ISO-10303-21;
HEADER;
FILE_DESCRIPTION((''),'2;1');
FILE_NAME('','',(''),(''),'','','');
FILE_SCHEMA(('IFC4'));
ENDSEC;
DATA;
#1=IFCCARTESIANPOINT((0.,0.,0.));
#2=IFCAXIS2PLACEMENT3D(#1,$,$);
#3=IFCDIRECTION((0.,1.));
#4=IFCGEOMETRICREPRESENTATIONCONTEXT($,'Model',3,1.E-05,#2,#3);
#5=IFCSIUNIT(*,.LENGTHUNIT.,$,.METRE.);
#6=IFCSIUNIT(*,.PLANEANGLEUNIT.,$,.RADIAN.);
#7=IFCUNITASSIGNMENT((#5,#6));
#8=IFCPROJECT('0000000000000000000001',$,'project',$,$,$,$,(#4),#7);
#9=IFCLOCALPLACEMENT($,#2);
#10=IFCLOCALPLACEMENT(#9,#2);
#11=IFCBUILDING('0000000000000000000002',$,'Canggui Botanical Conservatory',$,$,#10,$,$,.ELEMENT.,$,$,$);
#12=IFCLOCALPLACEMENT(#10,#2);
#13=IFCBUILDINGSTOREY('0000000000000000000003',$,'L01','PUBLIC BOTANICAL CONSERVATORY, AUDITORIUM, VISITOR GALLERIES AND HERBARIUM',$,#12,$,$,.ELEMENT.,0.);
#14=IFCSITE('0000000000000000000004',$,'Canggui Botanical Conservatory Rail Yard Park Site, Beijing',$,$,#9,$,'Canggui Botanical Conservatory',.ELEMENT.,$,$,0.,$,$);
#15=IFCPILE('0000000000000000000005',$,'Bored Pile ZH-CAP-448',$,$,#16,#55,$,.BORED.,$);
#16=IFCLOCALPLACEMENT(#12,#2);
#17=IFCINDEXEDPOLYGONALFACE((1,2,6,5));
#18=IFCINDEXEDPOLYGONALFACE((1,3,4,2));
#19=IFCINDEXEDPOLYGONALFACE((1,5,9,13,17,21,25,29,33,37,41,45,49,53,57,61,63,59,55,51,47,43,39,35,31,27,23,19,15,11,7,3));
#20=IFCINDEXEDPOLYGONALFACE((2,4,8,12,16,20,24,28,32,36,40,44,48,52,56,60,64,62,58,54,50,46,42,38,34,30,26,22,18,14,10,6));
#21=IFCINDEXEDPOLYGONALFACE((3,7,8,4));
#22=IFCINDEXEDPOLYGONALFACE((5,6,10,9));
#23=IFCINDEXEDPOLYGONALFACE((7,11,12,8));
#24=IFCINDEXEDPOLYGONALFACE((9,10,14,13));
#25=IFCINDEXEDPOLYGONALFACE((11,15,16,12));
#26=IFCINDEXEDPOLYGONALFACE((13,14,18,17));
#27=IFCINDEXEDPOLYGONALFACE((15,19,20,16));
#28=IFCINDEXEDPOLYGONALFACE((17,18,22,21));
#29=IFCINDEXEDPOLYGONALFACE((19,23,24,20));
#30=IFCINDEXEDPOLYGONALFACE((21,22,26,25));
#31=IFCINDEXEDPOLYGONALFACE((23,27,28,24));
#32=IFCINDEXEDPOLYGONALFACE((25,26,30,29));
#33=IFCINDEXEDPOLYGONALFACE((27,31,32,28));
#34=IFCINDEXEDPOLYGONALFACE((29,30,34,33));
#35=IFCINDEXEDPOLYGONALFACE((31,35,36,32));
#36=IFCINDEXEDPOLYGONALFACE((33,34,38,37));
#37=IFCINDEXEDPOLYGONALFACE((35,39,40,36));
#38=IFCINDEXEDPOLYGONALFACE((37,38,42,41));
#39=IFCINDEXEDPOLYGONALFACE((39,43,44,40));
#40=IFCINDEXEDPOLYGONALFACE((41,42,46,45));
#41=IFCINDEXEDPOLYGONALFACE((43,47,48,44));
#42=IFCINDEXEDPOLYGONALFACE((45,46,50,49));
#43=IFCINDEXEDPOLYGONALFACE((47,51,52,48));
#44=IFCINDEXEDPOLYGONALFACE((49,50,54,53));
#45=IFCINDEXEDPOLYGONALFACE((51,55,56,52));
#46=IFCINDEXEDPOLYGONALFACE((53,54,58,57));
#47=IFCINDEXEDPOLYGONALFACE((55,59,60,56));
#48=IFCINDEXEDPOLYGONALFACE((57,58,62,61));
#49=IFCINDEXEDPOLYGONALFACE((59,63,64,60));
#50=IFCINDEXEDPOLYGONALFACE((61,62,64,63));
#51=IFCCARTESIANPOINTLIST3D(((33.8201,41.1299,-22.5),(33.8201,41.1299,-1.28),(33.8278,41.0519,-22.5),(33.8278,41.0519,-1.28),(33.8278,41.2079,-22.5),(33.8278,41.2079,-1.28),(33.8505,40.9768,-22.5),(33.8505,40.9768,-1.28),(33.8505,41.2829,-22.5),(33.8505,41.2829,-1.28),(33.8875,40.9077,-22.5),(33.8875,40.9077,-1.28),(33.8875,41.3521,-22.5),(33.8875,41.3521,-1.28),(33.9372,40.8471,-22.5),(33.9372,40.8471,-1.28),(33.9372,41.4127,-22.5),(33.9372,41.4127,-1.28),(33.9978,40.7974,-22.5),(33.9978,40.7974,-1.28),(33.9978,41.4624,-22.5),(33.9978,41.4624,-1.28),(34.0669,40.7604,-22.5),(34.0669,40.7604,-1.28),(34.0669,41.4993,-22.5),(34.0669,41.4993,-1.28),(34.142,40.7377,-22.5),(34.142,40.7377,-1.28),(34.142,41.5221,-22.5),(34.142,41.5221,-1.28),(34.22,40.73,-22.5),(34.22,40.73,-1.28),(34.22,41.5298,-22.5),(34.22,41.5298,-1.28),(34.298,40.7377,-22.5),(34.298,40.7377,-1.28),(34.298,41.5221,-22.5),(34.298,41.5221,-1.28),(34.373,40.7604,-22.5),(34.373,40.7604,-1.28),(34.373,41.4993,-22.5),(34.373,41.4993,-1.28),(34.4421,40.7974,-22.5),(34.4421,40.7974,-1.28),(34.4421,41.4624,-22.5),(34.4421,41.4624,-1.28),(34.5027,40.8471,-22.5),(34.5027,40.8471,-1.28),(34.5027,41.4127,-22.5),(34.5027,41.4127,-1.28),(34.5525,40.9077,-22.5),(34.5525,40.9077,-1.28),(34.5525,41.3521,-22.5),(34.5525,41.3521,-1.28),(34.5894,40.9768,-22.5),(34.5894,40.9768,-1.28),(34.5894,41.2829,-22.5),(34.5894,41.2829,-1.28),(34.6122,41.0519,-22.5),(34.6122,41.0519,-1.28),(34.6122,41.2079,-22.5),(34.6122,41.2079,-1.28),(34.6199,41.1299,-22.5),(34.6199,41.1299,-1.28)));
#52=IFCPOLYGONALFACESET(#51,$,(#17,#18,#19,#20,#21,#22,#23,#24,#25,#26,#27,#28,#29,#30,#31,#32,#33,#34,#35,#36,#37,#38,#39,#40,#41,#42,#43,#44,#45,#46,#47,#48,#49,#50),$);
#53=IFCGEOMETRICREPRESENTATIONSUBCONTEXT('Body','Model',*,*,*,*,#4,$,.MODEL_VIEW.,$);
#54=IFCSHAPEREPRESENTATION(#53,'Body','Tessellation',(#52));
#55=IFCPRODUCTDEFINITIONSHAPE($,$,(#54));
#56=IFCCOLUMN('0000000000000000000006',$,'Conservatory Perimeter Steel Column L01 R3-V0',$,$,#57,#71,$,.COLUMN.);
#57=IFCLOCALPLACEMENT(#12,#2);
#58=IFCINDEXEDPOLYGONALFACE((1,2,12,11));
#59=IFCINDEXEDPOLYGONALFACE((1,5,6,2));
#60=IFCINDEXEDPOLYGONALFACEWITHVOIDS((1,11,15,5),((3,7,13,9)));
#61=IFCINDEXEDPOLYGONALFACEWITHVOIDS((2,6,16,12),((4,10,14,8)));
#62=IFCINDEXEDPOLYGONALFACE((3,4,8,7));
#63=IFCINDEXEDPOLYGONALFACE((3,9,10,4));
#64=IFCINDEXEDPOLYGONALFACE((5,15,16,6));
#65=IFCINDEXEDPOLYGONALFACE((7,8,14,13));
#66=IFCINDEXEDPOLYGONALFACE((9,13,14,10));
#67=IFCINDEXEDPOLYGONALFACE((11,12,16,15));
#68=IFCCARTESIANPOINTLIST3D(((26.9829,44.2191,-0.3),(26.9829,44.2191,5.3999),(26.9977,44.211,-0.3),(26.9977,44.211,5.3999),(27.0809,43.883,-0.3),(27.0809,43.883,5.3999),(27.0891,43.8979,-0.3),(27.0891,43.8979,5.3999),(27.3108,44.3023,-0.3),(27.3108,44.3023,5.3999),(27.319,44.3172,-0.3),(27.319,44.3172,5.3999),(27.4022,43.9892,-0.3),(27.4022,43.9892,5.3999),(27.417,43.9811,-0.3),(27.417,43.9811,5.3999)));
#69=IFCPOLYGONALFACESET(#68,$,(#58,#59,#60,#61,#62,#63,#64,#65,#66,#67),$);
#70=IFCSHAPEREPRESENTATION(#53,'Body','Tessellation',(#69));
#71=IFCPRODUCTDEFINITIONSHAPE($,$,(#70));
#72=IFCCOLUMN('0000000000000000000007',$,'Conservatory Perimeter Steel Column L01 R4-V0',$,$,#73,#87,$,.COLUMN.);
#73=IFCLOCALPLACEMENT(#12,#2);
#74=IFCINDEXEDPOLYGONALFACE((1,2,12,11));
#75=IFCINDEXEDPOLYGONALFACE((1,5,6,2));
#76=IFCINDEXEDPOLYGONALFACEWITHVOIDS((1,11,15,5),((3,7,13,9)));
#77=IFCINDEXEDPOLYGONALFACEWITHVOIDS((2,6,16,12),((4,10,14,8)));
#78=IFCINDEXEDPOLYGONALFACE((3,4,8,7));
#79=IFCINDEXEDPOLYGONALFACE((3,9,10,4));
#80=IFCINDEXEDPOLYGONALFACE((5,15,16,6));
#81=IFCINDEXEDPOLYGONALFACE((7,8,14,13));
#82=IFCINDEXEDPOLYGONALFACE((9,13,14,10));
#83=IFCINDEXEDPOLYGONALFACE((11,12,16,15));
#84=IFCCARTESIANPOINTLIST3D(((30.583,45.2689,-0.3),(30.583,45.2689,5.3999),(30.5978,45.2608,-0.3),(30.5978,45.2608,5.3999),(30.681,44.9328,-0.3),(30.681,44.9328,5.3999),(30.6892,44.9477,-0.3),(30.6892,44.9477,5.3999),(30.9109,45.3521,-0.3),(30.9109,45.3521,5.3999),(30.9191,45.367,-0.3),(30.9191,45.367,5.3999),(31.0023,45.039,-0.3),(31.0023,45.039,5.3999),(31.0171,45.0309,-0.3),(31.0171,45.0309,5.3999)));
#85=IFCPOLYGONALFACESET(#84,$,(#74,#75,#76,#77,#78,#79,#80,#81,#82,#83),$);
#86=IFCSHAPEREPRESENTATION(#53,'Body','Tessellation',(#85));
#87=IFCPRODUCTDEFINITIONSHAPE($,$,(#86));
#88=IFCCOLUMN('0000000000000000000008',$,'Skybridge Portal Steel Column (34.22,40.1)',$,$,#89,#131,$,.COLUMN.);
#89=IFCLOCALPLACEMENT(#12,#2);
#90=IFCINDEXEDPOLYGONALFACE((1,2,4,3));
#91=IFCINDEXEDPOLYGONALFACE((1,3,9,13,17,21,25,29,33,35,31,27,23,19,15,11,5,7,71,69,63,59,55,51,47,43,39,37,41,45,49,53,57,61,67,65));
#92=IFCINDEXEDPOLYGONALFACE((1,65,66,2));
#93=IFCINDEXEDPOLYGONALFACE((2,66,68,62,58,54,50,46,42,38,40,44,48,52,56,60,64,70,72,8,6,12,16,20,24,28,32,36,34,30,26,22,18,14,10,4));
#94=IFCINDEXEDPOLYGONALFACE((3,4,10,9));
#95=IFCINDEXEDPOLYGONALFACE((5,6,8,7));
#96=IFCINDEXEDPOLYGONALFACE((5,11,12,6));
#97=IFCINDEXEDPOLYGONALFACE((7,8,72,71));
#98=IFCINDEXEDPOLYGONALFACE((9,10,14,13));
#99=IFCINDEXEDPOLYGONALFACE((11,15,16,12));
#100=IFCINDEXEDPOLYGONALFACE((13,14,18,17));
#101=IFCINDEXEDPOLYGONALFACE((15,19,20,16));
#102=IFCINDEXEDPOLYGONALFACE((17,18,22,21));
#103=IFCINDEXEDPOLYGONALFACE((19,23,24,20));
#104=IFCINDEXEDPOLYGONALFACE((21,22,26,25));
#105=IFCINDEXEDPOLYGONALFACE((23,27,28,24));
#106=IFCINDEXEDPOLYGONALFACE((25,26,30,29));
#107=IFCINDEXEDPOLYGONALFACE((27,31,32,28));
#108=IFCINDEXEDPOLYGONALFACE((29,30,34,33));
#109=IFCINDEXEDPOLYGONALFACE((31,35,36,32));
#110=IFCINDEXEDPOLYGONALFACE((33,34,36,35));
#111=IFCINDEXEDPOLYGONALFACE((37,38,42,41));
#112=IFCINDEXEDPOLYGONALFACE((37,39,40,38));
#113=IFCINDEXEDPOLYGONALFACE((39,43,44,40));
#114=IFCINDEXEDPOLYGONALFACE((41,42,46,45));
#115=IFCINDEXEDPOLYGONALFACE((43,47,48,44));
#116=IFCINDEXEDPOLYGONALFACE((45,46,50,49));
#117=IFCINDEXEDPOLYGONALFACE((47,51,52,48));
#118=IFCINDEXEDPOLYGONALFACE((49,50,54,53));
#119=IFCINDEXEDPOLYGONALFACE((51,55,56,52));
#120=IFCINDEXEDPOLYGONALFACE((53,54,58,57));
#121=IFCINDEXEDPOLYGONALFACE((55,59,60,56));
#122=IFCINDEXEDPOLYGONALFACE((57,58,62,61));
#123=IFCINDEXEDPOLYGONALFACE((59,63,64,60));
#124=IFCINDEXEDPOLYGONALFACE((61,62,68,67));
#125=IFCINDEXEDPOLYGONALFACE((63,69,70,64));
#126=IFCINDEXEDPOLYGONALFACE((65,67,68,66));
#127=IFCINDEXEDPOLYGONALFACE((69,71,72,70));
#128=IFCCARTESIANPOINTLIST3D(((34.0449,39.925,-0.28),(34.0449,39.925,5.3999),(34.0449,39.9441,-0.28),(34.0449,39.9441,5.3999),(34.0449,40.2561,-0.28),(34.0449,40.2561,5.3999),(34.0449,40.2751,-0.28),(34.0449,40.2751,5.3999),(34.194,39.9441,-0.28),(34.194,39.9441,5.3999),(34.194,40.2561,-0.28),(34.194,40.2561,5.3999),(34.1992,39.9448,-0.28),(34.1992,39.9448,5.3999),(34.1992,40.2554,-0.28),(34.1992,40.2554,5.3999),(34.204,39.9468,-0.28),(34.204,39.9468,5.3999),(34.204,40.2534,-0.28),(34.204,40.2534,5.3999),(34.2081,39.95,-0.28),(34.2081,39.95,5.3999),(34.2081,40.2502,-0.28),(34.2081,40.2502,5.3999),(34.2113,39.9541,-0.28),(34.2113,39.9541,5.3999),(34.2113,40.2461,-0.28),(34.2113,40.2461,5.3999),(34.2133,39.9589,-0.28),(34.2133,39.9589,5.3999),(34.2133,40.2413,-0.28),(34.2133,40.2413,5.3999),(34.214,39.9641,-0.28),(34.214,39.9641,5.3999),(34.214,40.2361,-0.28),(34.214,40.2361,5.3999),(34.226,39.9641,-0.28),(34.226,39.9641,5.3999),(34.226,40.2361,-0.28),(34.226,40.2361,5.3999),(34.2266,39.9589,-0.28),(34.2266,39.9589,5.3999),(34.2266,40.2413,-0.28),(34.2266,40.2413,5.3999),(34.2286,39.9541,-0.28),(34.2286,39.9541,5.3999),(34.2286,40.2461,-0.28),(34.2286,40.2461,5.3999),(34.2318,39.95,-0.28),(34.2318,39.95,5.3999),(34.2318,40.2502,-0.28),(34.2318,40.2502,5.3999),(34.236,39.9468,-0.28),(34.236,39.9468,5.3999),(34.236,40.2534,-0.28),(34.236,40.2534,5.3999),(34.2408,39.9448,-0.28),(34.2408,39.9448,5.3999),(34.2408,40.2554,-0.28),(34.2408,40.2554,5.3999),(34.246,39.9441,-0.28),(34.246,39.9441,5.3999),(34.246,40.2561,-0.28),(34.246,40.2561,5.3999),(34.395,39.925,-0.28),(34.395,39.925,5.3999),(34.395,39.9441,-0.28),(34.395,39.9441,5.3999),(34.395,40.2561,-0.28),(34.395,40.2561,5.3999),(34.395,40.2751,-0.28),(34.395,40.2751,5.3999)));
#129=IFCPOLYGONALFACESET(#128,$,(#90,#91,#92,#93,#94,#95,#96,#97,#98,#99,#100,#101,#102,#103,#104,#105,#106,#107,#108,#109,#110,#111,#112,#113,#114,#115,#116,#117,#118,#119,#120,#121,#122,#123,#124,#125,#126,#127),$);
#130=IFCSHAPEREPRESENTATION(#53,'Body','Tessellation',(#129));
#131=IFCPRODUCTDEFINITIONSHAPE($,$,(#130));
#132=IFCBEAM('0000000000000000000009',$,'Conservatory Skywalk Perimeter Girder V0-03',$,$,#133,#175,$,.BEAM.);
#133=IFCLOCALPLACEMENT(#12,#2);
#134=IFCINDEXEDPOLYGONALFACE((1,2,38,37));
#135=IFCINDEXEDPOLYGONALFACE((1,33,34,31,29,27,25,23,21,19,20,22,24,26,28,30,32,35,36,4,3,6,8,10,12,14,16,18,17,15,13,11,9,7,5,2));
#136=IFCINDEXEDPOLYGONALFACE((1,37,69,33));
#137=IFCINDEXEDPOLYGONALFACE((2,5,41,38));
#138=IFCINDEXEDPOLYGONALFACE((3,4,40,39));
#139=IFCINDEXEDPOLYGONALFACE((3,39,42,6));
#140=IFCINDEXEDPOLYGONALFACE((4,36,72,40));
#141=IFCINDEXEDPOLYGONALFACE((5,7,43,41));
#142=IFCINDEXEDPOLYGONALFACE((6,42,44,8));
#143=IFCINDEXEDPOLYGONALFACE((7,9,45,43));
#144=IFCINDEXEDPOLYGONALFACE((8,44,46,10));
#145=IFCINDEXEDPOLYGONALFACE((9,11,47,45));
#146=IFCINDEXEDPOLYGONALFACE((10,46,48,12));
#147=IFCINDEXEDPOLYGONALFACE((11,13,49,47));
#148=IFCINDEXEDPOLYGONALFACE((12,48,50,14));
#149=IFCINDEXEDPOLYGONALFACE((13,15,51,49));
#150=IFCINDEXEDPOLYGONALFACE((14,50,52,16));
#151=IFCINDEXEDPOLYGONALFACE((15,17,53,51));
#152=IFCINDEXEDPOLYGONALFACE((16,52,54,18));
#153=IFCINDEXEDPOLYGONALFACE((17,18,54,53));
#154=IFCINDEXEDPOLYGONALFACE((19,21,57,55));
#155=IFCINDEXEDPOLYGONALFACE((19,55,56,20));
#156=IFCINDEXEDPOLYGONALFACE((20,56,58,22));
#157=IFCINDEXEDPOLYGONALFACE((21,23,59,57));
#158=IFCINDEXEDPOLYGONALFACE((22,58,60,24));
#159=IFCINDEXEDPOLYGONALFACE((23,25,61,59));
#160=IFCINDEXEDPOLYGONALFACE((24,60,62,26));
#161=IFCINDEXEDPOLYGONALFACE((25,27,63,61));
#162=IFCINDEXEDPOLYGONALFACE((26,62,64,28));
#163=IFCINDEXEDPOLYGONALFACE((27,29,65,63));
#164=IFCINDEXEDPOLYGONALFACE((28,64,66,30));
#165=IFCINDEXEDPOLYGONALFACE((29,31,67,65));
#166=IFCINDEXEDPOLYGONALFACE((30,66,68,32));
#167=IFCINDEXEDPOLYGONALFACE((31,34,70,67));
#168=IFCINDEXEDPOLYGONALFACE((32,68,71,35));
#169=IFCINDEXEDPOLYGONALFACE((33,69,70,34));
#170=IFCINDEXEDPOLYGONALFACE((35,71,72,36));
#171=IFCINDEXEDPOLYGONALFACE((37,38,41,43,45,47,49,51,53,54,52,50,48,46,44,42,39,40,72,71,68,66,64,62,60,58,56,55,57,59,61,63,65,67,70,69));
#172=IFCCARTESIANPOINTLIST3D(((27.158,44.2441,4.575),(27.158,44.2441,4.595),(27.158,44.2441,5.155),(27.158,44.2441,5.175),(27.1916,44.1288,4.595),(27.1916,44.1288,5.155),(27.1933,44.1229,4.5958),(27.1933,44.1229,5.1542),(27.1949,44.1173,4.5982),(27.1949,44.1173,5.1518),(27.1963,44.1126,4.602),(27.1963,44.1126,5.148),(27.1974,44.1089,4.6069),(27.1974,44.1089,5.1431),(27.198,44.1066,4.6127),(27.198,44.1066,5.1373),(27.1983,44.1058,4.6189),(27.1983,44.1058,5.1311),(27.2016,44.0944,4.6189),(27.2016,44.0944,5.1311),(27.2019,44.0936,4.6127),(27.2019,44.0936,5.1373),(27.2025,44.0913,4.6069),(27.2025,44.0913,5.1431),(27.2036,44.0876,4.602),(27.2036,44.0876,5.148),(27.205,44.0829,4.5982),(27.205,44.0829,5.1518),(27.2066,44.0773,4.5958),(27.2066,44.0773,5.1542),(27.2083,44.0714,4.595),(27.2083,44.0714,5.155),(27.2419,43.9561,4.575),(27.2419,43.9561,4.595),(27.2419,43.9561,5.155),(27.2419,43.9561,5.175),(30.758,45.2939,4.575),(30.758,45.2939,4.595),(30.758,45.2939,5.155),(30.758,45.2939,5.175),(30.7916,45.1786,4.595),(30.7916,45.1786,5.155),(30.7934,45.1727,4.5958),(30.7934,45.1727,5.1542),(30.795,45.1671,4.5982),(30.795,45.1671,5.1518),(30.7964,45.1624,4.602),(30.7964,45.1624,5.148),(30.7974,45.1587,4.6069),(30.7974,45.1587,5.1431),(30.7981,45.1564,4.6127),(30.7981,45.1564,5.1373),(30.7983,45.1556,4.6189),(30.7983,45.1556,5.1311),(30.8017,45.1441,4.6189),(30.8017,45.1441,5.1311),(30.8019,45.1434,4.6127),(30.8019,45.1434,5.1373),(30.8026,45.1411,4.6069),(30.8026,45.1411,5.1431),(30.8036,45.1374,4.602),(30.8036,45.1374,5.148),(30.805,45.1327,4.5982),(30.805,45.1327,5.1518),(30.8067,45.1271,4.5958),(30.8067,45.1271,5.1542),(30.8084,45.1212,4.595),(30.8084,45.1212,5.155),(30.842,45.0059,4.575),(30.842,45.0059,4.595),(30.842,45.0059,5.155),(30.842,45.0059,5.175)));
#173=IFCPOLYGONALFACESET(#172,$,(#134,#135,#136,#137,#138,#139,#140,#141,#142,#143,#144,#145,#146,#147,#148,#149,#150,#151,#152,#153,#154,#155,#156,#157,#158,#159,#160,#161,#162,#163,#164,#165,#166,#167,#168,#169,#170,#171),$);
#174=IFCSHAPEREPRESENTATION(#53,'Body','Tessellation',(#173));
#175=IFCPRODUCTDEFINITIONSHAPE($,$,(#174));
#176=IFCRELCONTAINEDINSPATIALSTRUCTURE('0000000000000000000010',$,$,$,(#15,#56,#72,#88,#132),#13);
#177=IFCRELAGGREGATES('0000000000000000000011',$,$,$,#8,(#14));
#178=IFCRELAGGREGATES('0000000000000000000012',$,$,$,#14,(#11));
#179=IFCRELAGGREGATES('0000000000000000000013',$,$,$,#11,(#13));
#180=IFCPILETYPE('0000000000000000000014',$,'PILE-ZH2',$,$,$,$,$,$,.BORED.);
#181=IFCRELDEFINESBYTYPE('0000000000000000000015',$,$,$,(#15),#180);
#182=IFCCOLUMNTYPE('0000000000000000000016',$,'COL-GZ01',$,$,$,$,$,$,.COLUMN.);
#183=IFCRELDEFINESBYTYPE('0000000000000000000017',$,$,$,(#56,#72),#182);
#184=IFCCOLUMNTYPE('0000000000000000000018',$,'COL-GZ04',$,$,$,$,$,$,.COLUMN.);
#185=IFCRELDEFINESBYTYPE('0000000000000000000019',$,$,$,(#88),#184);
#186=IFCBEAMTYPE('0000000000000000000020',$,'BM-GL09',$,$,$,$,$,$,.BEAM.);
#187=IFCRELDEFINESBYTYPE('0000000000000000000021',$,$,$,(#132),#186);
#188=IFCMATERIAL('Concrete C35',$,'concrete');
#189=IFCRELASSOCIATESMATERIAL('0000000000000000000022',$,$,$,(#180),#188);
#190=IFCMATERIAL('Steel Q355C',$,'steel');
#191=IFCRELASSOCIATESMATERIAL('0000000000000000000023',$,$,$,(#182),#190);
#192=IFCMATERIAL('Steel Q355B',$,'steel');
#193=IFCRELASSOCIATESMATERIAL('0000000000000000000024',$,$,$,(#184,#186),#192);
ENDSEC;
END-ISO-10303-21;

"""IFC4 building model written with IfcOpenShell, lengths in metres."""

from ifc_helpers import new_model, si_unit, direction, frame, origin, origin_2d, place, context, subcontext, project, spatial, hollow_rectangle, circle, i_section, extrude, material, material_profile, profile_set, type_object, element, save


model = new_model("IFC4")

# Units and contexts
model_context = context("Model", 3, precision=1e-05, world=origin(), true_north=direction((0.0, 1.0)))
body_context = subcontext(model_context, "Body", "Model", "MODEL_VIEW")
ifc_project = project(units=[si_unit("LENGTHUNIT", "METRE"), si_unit("PLANEANGLEUNIT", "RADIAN")], contexts=[model_context])

# Site, building, storey
site_placement = place(None, origin())
site = spatial("IfcSite", under=ifc_project, at=site_placement, Name="Canggui Botanical Conservatory Rail Yard Park Site, Beijing", LongName="Canggui Botanical Conservatory", CompositionType="ELEMENT", RefElevation=0.0)
building_placement = place(site_placement, origin())
building = spatial("IfcBuilding", under=site, at=building_placement, Name="Canggui Botanical Conservatory", CompositionType="ELEMENT")
storey_placement = place(building_placement, origin())
storey = spatial("IfcBuildingStorey", under=building, at=storey_placement, Name="L01", Description="PUBLIC BOTANICAL CONSERVATORY, AUDITORIUM, VISITOR GALLERIES AND HERBARIUM", CompositionType="ELEMENT", Elevation=0.0)

# Shared definitions
ifc_material_1 = material(Name="Concrete C35", Category="concrete")

# Pile
ifc_material_profile_1 = material_profile(ifc_material_1, circle(Radius=0.3999, at=origin_2d()), Name="PILE D800")
ifc_profile_set_1 = profile_set([ifc_material_profile_1], Name="Concrete C35")
pile_type = type_object("IfcPileType", Name="PILE-ZH2", PredefinedType="BORED", material=ifc_profile_set_1)
for number, where, z_axis, x_axis, name in (
    (1, (34.22, 41.1299, -1.28), (0.0, 0.0, -1.0), (1.0, 0.0, 0.0), "Bored Pile ZH-CAP-448"),
):
    element("IfcPile", number, at=place(storey_placement, frame(where, z_axis=z_axis, x_axis=x_axis)), inside=storey, type_object=pile_type, Name=name, PredefinedType="BORED", context=body_context, shape_type="SweptSolid", body=[
        extrude(circle(Radius=0.3999, at=origin_2d()), origin(), (0.0, 0.0, 1.0), 21.22),
    ])

# Columns
ifc_material_2 = material(Name="Steel Q355C", Category="steel")
ifc_material_profile_2 = material_profile(ifc_material_2, hollow_rectangle(XDim=0.3501, YDim=0.3501, WallThickness=0.012, at=origin_2d()), Name="SHS 350x350x12")
ifc_profile_set_2 = profile_set([ifc_material_profile_2], Name="Steel Q355C")
column_type_1 = type_object("IfcColumnType", Name="COL-GZ01", PredefinedType="COLUMN", material=ifc_profile_set_2)
for number, where, z_axis, x_axis, name in (
    (2, (27.2, 44.1001, -0.3), (0.0, 0.0, 1.0), (0.96, 0.28, 0.0), "Conservatory Perimeter Steel Column L01 R3-V0"),
    (3, (30.8, 45.1499, -0.3), (0.0, 0.0, 1.0), (0.96, 0.28, 0.0), "Conservatory Perimeter Steel Column L01 R4-V0"),
):
    element("IfcColumn", number, at=place(storey_placement, frame(where, z_axis=z_axis, x_axis=x_axis)), inside=storey, type_object=column_type_1, Name=name, PredefinedType="COLUMN", context=body_context, shape_type="SweptSolid", body=[
        extrude(hollow_rectangle(XDim=0.3501, YDim=0.3501, WallThickness=0.012, at=origin_2d()), origin(), (0.0, 0.0, 1.0), 5.7),
    ])
ifc_material_3 = material(Name="Steel Q355B", Category="steel")
ifc_material_profile_3 = material_profile(ifc_material_3, i_section(OverallWidth=0.3501, OverallDepth=0.3501, WebThickness=0.012, FlangeThickness=0.019, FilletRadius=0.02, at=origin_2d()), Name="HW 350x350x12x19")
ifc_profile_set_3 = profile_set([ifc_material_profile_3], Name="Steel Q355B")
column_type_2 = type_object("IfcColumnType", Name="COL-GZ04", PredefinedType="COLUMN", material=ifc_profile_set_3)
column_placement = place(storey_placement, frame((34.22, 40.1001, -0.28), z_axis=(0.0, 0.0, 1.0), x_axis=(1.0, 0.0, 0.0)))
element("IfcColumn", 4, at=column_placement, inside=storey, type_object=column_type_2, Name="Skybridge Portal Steel Column (34.22,40.1)", PredefinedType="COLUMN", context=body_context, shape_type="SweptSolid", body=[
    extrude(i_section(OverallWidth=0.3501, OverallDepth=0.3501, WebThickness=0.012, FlangeThickness=0.019, FilletRadius=0.02, at=origin_2d()), origin(), (0.0, 0.0, 1.0), 5.6799),
])

# Beam
ifc_material_profile_4 = material_profile(ifc_material_3, i_section(OverallWidth=0.3, OverallDepth=0.6001, WebThickness=0.012, FlangeThickness=0.02, FilletRadius=0.0239, at=origin_2d()), Name="HM 600x300x12x20")
ifc_profile_set_4 = profile_set([ifc_material_profile_4], Name="Steel Q355B")
beam_type_1 = type_object("IfcBeamType", Name="BM-GL09", PredefinedType="BEAM", material=ifc_profile_set_4)
beam_1_placement = place(storey_placement, frame((27.2, 44.1001, 4.875), z_axis=(0.960016, 0.279945, 0.0), x_axis=(-0.279945, 0.960016, 0.0)))
element("IfcBeam", 5, at=beam_1_placement, inside=storey, type_object=beam_type_1, Name="Conservatory Skywalk Perimeter Girder V0-03", PredefinedType="BEAM", context=body_context, shape_type="SweptSolid", body=[
    extrude(i_section(OverallWidth=0.3, OverallDepth=0.6001, WebThickness=0.012, FlangeThickness=0.02, FilletRadius=0.0239, at=origin_2d()), origin(), (0.0, 0.0, 1.0), 3.75),
])

save(model, "model.ifc")
